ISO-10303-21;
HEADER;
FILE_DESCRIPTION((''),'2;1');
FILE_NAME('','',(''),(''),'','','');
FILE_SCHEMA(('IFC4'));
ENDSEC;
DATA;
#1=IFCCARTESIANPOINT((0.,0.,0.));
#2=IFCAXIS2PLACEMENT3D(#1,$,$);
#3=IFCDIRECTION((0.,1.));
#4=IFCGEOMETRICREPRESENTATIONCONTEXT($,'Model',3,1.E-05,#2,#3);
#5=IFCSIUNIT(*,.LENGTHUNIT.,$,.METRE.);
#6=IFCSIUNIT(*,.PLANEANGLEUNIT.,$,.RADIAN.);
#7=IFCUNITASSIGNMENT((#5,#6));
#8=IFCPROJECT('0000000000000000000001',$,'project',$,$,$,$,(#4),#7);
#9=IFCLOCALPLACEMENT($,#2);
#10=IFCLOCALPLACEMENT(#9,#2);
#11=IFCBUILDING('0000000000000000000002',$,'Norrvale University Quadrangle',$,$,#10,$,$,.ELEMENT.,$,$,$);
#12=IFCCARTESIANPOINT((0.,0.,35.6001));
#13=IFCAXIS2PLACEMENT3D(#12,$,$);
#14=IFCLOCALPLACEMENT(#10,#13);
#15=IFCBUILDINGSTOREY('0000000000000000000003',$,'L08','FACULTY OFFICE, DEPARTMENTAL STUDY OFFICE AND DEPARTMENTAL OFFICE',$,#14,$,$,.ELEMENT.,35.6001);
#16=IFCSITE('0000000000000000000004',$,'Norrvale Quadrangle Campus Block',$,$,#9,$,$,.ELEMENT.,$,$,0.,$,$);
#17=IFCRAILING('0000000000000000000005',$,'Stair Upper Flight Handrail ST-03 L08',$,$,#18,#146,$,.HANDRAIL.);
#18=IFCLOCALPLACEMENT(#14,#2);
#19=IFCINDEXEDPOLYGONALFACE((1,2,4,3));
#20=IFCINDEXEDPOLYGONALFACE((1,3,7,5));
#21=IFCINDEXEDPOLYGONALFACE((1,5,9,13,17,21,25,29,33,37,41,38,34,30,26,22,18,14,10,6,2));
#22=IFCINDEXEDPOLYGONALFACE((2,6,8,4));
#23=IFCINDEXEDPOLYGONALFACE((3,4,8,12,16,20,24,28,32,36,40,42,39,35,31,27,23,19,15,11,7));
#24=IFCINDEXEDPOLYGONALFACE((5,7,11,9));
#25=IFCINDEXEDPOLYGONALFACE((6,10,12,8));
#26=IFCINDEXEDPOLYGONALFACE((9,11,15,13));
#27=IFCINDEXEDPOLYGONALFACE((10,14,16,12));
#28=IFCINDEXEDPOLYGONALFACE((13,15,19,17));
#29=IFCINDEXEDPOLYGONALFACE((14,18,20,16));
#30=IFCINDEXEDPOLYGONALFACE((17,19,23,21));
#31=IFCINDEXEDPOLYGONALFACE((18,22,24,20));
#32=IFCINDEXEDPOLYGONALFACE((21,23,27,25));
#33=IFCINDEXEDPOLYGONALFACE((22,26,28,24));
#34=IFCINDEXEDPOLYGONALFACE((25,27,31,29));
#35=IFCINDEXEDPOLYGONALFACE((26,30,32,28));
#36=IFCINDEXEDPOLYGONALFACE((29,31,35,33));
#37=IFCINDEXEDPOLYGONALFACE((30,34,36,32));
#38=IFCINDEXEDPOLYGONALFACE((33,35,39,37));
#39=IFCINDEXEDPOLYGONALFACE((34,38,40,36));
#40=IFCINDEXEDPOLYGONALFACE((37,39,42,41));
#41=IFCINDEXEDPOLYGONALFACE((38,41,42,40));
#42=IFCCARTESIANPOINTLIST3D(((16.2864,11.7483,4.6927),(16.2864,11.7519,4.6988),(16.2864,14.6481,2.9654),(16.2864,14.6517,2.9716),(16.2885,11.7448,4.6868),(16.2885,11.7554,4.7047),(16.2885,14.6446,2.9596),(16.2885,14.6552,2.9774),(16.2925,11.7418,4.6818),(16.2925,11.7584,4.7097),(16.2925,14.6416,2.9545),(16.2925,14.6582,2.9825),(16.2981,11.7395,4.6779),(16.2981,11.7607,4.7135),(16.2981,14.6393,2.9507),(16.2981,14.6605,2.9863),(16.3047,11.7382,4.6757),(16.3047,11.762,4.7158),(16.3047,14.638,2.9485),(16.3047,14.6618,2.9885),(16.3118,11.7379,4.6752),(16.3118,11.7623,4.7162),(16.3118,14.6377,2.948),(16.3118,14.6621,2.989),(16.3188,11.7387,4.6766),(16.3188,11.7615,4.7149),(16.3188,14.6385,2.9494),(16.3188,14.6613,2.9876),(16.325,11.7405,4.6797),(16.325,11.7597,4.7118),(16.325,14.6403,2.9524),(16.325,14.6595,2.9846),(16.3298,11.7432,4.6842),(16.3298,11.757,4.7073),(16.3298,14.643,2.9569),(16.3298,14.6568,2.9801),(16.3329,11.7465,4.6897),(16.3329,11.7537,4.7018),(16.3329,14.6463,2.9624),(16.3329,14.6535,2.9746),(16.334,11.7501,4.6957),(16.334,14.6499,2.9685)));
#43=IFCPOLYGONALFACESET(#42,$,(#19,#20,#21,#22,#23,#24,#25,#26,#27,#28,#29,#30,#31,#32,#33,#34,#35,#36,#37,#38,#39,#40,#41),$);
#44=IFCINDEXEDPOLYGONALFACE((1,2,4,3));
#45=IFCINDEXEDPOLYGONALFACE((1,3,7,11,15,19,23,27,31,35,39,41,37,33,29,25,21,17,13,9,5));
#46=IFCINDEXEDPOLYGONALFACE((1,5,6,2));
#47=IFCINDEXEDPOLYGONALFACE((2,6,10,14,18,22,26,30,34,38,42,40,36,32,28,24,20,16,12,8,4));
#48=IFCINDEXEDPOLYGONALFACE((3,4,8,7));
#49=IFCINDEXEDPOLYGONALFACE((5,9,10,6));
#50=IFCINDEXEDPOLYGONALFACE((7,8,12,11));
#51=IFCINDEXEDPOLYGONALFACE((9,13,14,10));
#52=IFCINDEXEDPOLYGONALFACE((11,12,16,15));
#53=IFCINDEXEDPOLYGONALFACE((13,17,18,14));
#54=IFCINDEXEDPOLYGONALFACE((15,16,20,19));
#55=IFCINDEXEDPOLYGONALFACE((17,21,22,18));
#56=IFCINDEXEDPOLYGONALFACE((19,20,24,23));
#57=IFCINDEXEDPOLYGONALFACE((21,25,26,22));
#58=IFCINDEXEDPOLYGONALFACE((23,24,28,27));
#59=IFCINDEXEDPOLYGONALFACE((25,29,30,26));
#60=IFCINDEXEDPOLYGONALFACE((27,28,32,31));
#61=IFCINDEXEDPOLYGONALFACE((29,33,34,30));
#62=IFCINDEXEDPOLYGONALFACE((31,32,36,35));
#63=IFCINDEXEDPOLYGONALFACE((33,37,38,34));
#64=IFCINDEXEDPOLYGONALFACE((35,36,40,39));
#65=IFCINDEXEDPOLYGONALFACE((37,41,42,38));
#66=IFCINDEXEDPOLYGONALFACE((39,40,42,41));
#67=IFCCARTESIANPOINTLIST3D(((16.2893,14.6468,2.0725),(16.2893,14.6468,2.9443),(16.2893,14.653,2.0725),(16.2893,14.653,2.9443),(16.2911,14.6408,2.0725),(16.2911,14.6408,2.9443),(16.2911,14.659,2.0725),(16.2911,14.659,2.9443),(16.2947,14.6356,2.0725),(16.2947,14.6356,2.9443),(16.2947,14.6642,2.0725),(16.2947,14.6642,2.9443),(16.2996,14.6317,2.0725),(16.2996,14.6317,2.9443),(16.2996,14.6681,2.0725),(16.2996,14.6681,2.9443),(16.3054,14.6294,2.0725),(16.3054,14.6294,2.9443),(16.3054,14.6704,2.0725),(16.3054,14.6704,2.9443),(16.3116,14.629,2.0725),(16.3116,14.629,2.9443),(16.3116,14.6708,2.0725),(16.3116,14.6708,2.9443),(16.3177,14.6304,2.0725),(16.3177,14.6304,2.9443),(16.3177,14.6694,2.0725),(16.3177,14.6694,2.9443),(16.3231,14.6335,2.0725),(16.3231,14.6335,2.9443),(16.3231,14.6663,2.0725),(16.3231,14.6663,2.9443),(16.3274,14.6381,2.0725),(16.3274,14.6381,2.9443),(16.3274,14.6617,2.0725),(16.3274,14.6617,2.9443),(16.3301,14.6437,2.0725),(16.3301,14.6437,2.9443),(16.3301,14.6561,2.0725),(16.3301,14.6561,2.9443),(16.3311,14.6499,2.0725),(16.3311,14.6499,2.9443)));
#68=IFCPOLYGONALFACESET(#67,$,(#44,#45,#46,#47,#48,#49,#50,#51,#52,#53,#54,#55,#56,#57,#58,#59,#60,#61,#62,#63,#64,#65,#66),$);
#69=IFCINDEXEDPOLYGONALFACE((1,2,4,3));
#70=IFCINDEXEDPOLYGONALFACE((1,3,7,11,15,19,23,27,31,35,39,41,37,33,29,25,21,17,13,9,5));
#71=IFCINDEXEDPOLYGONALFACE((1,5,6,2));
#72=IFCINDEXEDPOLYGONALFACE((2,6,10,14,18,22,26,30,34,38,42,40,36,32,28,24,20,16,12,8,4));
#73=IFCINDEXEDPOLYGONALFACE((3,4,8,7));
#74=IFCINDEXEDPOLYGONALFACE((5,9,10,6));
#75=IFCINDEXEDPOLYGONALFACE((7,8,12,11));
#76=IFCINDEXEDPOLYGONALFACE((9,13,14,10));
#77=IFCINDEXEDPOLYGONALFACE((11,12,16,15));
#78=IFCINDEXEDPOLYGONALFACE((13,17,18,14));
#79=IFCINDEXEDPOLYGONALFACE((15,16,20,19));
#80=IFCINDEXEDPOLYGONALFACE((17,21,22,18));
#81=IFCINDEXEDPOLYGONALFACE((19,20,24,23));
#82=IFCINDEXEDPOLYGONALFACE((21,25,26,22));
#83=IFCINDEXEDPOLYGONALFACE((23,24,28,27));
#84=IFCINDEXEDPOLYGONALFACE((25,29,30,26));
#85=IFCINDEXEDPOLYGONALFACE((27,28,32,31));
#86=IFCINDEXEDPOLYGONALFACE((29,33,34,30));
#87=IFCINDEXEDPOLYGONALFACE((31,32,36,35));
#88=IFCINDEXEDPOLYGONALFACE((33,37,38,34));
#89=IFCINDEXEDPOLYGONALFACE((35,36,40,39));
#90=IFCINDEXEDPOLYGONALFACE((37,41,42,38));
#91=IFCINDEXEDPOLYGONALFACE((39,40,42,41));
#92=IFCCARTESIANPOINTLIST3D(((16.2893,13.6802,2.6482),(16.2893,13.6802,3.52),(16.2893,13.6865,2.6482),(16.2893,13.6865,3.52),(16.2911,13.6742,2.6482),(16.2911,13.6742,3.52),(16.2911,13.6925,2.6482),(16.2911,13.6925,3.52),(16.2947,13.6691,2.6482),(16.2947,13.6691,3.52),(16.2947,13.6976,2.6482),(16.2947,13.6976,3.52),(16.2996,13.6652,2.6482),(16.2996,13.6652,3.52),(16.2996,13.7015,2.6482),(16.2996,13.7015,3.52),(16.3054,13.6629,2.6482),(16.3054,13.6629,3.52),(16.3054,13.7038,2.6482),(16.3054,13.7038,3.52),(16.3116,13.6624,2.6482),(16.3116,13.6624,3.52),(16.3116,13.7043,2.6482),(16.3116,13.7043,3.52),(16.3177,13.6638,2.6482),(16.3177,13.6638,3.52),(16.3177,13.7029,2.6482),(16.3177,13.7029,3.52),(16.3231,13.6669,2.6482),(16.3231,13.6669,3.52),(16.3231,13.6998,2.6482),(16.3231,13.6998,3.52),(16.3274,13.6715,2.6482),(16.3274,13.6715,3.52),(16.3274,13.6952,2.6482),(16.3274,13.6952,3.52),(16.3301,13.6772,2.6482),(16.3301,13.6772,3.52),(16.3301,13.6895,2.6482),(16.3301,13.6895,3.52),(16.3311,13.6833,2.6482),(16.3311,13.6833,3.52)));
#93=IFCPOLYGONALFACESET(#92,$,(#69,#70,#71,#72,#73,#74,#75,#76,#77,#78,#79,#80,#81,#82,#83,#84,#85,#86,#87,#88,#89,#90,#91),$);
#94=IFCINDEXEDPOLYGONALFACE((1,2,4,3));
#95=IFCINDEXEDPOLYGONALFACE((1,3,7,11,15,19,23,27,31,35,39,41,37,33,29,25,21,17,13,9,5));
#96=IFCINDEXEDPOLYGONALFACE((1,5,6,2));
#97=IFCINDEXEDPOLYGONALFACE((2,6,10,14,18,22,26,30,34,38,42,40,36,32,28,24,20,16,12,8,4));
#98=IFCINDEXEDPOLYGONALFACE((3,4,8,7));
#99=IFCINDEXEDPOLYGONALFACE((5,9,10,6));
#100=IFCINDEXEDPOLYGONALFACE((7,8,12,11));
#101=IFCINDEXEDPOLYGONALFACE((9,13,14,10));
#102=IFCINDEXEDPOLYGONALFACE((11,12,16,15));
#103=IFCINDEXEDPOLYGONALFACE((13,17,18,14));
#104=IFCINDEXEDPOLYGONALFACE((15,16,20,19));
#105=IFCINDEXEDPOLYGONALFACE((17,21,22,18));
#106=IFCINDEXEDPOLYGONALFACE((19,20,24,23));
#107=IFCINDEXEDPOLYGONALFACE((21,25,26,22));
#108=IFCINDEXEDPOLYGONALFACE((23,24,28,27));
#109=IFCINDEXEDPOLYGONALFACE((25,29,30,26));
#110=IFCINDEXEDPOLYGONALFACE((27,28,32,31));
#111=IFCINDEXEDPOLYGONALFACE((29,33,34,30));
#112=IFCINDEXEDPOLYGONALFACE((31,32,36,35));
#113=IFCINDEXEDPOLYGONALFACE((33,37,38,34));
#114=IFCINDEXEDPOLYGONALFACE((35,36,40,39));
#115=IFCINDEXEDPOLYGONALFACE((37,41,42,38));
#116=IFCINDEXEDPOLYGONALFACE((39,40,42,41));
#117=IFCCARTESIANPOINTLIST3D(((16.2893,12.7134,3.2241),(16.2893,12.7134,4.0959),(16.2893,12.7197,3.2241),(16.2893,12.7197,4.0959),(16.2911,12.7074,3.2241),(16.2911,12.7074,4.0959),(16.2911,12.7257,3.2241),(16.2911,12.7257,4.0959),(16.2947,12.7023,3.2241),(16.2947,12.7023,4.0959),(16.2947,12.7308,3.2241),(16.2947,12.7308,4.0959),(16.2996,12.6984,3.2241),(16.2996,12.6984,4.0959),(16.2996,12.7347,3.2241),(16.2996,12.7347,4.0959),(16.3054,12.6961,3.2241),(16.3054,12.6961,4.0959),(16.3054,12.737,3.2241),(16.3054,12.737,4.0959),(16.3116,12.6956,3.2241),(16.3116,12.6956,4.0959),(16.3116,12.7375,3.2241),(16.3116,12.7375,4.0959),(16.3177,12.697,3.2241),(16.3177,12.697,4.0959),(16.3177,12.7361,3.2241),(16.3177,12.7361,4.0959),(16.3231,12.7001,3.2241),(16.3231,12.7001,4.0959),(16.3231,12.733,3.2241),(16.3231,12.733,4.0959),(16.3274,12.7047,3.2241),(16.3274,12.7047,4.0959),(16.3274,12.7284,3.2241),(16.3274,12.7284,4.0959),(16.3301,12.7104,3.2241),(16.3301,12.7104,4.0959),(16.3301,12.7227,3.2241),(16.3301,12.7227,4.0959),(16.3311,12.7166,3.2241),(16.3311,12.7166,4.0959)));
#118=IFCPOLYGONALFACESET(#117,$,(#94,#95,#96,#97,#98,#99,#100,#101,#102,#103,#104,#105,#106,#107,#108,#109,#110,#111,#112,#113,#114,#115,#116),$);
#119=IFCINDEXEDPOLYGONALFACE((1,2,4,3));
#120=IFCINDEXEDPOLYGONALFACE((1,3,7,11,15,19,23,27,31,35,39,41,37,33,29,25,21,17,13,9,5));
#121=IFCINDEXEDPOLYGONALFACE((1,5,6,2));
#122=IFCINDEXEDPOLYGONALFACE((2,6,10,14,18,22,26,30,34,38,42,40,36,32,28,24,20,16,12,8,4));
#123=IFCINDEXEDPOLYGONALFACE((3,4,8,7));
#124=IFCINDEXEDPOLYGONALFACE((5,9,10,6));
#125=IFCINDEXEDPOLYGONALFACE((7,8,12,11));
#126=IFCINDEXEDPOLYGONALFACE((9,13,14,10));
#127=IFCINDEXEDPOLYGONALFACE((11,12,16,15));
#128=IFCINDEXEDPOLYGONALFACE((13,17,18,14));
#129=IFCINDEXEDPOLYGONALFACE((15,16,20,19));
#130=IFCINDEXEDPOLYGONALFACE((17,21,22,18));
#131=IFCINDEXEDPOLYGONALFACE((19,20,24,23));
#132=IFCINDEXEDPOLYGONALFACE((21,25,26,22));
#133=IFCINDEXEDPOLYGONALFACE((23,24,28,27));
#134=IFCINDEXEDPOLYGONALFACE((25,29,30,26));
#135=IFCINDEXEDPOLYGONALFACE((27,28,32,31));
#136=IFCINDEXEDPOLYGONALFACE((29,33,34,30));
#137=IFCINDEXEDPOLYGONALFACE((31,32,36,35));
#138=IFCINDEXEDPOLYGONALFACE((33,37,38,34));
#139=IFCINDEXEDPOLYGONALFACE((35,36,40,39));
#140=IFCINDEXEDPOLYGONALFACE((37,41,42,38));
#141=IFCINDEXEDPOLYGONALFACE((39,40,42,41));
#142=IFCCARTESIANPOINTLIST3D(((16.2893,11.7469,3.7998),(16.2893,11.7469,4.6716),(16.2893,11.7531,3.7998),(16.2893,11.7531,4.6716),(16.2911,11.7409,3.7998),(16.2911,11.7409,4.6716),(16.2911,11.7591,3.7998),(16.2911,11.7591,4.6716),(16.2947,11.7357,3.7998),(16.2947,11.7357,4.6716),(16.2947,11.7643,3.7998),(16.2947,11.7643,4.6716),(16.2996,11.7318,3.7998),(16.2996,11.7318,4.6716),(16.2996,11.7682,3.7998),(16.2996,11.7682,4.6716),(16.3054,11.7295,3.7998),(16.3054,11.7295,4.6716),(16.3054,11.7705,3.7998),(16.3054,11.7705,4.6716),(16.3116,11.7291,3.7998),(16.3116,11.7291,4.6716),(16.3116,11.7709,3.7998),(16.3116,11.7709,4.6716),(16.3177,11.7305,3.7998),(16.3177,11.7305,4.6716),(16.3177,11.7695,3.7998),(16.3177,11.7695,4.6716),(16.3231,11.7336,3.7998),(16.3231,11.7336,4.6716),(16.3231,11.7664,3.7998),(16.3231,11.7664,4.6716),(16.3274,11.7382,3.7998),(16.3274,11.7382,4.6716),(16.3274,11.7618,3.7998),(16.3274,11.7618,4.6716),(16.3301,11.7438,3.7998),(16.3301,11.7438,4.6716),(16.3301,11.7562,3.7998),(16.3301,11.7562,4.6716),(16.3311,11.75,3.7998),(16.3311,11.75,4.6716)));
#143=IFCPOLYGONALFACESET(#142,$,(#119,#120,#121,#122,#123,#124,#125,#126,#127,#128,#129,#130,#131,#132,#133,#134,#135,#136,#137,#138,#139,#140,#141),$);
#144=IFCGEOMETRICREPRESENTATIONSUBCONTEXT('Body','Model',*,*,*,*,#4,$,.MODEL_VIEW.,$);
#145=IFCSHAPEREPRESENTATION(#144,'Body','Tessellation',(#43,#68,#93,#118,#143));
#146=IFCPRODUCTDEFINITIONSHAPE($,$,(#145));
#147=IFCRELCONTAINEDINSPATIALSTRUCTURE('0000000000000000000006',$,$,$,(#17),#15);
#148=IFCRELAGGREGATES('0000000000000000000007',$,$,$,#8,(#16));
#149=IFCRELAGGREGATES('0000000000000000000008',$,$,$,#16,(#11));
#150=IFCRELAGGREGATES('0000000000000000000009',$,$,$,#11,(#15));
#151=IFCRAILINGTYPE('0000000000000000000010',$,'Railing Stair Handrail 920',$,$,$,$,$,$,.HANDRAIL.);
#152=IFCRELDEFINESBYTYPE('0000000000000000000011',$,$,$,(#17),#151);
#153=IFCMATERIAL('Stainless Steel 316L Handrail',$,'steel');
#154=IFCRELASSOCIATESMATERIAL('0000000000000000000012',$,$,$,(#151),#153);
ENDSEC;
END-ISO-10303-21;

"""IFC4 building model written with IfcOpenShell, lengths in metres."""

from ifc_helpers import new_model, si_unit, direction, frame, origin, origin_2d, place, context, subcontext, project, spatial, circle, extrude, material, type_object, element, save


model = new_model("IFC4")

# Units and contexts
model_context = context("Model", 3, precision=1e-05, world=origin(), true_north=direction((0.0, 1.0)))
body_context = subcontext(model_context, "Body", "Model", "MODEL_VIEW")
ifc_project = project(units=[si_unit("LENGTHUNIT", "METRE"), si_unit("PLANEANGLEUNIT", "RADIAN")], contexts=[model_context])

# Site, building, storey
site_placement = place(None, origin())
site = spatial("IfcSite", under=ifc_project, at=site_placement, Name="Norrvale Quadrangle Campus Block", CompositionType="ELEMENT", RefElevation=0.0)
building_placement = place(site_placement, origin())
building = spatial("IfcBuilding", under=site, at=building_placement, Name="Norrvale University Quadrangle", CompositionType="ELEMENT")
storey_placement = place(building_placement, frame((0.0, 0.0, 35.6001)))
storey = spatial("IfcBuildingStorey", under=building, at=storey_placement, Name="L08", Description="FACULTY OFFICE, DEPARTMENTAL STUDY OFFICE AND DEPARTMENTAL OFFICE", CompositionType="ELEMENT", Elevation=35.6001)

# Railing
ifc_material_1 = material(Name="Stainless Steel 316L Handrail", Category="steel")
railing_type_1 = type_object("IfcRailingType", Name="Railing Stair Handrail 920", PredefinedType="HANDRAIL", material=ifc_material_1)
railing_1_placement = place(storey_placement, frame((16.3101, 14.6499, 2.0725)))
element("IfcRailing", 1, at=railing_1_placement, inside=storey, type_object=railing_type_1, Name="Stair Upper Flight Handrail ST-03 L08", PredefinedType="HANDRAIL", context=body_context, shape_type="SweptSolid", body=[
    extrude(circle(Radius=0.0239, at=origin_2d()), frame((0.0, 0.0, 0.896), z_axis=(0.0, -0.859141, 0.511738), x_axis=(1.0, 0.0, 0.0)), (0.0, 0.0, 1.0), 3.3752),
    extrude(circle(Radius=0.021, at=origin_2d()), origin(), (0.0, 0.0, 1.0), 0.8718),
    extrude(circle(Radius=0.021, at=origin_2d()), frame((0.0, -0.9666, 0.5757)), (0.0, 0.0, 1.0), 0.8718),
    extrude(circle(Radius=0.021, at=origin_2d()), frame((0.0, -1.9333, 1.1516)), (0.0, 0.0, 1.0), 0.8718),
    extrude(circle(Radius=0.021, at=origin_2d()), frame((0.0, -2.8999, 1.7273)), (0.0, 0.0, 1.0), 0.8718),
])

save(model, "model.ifc")
